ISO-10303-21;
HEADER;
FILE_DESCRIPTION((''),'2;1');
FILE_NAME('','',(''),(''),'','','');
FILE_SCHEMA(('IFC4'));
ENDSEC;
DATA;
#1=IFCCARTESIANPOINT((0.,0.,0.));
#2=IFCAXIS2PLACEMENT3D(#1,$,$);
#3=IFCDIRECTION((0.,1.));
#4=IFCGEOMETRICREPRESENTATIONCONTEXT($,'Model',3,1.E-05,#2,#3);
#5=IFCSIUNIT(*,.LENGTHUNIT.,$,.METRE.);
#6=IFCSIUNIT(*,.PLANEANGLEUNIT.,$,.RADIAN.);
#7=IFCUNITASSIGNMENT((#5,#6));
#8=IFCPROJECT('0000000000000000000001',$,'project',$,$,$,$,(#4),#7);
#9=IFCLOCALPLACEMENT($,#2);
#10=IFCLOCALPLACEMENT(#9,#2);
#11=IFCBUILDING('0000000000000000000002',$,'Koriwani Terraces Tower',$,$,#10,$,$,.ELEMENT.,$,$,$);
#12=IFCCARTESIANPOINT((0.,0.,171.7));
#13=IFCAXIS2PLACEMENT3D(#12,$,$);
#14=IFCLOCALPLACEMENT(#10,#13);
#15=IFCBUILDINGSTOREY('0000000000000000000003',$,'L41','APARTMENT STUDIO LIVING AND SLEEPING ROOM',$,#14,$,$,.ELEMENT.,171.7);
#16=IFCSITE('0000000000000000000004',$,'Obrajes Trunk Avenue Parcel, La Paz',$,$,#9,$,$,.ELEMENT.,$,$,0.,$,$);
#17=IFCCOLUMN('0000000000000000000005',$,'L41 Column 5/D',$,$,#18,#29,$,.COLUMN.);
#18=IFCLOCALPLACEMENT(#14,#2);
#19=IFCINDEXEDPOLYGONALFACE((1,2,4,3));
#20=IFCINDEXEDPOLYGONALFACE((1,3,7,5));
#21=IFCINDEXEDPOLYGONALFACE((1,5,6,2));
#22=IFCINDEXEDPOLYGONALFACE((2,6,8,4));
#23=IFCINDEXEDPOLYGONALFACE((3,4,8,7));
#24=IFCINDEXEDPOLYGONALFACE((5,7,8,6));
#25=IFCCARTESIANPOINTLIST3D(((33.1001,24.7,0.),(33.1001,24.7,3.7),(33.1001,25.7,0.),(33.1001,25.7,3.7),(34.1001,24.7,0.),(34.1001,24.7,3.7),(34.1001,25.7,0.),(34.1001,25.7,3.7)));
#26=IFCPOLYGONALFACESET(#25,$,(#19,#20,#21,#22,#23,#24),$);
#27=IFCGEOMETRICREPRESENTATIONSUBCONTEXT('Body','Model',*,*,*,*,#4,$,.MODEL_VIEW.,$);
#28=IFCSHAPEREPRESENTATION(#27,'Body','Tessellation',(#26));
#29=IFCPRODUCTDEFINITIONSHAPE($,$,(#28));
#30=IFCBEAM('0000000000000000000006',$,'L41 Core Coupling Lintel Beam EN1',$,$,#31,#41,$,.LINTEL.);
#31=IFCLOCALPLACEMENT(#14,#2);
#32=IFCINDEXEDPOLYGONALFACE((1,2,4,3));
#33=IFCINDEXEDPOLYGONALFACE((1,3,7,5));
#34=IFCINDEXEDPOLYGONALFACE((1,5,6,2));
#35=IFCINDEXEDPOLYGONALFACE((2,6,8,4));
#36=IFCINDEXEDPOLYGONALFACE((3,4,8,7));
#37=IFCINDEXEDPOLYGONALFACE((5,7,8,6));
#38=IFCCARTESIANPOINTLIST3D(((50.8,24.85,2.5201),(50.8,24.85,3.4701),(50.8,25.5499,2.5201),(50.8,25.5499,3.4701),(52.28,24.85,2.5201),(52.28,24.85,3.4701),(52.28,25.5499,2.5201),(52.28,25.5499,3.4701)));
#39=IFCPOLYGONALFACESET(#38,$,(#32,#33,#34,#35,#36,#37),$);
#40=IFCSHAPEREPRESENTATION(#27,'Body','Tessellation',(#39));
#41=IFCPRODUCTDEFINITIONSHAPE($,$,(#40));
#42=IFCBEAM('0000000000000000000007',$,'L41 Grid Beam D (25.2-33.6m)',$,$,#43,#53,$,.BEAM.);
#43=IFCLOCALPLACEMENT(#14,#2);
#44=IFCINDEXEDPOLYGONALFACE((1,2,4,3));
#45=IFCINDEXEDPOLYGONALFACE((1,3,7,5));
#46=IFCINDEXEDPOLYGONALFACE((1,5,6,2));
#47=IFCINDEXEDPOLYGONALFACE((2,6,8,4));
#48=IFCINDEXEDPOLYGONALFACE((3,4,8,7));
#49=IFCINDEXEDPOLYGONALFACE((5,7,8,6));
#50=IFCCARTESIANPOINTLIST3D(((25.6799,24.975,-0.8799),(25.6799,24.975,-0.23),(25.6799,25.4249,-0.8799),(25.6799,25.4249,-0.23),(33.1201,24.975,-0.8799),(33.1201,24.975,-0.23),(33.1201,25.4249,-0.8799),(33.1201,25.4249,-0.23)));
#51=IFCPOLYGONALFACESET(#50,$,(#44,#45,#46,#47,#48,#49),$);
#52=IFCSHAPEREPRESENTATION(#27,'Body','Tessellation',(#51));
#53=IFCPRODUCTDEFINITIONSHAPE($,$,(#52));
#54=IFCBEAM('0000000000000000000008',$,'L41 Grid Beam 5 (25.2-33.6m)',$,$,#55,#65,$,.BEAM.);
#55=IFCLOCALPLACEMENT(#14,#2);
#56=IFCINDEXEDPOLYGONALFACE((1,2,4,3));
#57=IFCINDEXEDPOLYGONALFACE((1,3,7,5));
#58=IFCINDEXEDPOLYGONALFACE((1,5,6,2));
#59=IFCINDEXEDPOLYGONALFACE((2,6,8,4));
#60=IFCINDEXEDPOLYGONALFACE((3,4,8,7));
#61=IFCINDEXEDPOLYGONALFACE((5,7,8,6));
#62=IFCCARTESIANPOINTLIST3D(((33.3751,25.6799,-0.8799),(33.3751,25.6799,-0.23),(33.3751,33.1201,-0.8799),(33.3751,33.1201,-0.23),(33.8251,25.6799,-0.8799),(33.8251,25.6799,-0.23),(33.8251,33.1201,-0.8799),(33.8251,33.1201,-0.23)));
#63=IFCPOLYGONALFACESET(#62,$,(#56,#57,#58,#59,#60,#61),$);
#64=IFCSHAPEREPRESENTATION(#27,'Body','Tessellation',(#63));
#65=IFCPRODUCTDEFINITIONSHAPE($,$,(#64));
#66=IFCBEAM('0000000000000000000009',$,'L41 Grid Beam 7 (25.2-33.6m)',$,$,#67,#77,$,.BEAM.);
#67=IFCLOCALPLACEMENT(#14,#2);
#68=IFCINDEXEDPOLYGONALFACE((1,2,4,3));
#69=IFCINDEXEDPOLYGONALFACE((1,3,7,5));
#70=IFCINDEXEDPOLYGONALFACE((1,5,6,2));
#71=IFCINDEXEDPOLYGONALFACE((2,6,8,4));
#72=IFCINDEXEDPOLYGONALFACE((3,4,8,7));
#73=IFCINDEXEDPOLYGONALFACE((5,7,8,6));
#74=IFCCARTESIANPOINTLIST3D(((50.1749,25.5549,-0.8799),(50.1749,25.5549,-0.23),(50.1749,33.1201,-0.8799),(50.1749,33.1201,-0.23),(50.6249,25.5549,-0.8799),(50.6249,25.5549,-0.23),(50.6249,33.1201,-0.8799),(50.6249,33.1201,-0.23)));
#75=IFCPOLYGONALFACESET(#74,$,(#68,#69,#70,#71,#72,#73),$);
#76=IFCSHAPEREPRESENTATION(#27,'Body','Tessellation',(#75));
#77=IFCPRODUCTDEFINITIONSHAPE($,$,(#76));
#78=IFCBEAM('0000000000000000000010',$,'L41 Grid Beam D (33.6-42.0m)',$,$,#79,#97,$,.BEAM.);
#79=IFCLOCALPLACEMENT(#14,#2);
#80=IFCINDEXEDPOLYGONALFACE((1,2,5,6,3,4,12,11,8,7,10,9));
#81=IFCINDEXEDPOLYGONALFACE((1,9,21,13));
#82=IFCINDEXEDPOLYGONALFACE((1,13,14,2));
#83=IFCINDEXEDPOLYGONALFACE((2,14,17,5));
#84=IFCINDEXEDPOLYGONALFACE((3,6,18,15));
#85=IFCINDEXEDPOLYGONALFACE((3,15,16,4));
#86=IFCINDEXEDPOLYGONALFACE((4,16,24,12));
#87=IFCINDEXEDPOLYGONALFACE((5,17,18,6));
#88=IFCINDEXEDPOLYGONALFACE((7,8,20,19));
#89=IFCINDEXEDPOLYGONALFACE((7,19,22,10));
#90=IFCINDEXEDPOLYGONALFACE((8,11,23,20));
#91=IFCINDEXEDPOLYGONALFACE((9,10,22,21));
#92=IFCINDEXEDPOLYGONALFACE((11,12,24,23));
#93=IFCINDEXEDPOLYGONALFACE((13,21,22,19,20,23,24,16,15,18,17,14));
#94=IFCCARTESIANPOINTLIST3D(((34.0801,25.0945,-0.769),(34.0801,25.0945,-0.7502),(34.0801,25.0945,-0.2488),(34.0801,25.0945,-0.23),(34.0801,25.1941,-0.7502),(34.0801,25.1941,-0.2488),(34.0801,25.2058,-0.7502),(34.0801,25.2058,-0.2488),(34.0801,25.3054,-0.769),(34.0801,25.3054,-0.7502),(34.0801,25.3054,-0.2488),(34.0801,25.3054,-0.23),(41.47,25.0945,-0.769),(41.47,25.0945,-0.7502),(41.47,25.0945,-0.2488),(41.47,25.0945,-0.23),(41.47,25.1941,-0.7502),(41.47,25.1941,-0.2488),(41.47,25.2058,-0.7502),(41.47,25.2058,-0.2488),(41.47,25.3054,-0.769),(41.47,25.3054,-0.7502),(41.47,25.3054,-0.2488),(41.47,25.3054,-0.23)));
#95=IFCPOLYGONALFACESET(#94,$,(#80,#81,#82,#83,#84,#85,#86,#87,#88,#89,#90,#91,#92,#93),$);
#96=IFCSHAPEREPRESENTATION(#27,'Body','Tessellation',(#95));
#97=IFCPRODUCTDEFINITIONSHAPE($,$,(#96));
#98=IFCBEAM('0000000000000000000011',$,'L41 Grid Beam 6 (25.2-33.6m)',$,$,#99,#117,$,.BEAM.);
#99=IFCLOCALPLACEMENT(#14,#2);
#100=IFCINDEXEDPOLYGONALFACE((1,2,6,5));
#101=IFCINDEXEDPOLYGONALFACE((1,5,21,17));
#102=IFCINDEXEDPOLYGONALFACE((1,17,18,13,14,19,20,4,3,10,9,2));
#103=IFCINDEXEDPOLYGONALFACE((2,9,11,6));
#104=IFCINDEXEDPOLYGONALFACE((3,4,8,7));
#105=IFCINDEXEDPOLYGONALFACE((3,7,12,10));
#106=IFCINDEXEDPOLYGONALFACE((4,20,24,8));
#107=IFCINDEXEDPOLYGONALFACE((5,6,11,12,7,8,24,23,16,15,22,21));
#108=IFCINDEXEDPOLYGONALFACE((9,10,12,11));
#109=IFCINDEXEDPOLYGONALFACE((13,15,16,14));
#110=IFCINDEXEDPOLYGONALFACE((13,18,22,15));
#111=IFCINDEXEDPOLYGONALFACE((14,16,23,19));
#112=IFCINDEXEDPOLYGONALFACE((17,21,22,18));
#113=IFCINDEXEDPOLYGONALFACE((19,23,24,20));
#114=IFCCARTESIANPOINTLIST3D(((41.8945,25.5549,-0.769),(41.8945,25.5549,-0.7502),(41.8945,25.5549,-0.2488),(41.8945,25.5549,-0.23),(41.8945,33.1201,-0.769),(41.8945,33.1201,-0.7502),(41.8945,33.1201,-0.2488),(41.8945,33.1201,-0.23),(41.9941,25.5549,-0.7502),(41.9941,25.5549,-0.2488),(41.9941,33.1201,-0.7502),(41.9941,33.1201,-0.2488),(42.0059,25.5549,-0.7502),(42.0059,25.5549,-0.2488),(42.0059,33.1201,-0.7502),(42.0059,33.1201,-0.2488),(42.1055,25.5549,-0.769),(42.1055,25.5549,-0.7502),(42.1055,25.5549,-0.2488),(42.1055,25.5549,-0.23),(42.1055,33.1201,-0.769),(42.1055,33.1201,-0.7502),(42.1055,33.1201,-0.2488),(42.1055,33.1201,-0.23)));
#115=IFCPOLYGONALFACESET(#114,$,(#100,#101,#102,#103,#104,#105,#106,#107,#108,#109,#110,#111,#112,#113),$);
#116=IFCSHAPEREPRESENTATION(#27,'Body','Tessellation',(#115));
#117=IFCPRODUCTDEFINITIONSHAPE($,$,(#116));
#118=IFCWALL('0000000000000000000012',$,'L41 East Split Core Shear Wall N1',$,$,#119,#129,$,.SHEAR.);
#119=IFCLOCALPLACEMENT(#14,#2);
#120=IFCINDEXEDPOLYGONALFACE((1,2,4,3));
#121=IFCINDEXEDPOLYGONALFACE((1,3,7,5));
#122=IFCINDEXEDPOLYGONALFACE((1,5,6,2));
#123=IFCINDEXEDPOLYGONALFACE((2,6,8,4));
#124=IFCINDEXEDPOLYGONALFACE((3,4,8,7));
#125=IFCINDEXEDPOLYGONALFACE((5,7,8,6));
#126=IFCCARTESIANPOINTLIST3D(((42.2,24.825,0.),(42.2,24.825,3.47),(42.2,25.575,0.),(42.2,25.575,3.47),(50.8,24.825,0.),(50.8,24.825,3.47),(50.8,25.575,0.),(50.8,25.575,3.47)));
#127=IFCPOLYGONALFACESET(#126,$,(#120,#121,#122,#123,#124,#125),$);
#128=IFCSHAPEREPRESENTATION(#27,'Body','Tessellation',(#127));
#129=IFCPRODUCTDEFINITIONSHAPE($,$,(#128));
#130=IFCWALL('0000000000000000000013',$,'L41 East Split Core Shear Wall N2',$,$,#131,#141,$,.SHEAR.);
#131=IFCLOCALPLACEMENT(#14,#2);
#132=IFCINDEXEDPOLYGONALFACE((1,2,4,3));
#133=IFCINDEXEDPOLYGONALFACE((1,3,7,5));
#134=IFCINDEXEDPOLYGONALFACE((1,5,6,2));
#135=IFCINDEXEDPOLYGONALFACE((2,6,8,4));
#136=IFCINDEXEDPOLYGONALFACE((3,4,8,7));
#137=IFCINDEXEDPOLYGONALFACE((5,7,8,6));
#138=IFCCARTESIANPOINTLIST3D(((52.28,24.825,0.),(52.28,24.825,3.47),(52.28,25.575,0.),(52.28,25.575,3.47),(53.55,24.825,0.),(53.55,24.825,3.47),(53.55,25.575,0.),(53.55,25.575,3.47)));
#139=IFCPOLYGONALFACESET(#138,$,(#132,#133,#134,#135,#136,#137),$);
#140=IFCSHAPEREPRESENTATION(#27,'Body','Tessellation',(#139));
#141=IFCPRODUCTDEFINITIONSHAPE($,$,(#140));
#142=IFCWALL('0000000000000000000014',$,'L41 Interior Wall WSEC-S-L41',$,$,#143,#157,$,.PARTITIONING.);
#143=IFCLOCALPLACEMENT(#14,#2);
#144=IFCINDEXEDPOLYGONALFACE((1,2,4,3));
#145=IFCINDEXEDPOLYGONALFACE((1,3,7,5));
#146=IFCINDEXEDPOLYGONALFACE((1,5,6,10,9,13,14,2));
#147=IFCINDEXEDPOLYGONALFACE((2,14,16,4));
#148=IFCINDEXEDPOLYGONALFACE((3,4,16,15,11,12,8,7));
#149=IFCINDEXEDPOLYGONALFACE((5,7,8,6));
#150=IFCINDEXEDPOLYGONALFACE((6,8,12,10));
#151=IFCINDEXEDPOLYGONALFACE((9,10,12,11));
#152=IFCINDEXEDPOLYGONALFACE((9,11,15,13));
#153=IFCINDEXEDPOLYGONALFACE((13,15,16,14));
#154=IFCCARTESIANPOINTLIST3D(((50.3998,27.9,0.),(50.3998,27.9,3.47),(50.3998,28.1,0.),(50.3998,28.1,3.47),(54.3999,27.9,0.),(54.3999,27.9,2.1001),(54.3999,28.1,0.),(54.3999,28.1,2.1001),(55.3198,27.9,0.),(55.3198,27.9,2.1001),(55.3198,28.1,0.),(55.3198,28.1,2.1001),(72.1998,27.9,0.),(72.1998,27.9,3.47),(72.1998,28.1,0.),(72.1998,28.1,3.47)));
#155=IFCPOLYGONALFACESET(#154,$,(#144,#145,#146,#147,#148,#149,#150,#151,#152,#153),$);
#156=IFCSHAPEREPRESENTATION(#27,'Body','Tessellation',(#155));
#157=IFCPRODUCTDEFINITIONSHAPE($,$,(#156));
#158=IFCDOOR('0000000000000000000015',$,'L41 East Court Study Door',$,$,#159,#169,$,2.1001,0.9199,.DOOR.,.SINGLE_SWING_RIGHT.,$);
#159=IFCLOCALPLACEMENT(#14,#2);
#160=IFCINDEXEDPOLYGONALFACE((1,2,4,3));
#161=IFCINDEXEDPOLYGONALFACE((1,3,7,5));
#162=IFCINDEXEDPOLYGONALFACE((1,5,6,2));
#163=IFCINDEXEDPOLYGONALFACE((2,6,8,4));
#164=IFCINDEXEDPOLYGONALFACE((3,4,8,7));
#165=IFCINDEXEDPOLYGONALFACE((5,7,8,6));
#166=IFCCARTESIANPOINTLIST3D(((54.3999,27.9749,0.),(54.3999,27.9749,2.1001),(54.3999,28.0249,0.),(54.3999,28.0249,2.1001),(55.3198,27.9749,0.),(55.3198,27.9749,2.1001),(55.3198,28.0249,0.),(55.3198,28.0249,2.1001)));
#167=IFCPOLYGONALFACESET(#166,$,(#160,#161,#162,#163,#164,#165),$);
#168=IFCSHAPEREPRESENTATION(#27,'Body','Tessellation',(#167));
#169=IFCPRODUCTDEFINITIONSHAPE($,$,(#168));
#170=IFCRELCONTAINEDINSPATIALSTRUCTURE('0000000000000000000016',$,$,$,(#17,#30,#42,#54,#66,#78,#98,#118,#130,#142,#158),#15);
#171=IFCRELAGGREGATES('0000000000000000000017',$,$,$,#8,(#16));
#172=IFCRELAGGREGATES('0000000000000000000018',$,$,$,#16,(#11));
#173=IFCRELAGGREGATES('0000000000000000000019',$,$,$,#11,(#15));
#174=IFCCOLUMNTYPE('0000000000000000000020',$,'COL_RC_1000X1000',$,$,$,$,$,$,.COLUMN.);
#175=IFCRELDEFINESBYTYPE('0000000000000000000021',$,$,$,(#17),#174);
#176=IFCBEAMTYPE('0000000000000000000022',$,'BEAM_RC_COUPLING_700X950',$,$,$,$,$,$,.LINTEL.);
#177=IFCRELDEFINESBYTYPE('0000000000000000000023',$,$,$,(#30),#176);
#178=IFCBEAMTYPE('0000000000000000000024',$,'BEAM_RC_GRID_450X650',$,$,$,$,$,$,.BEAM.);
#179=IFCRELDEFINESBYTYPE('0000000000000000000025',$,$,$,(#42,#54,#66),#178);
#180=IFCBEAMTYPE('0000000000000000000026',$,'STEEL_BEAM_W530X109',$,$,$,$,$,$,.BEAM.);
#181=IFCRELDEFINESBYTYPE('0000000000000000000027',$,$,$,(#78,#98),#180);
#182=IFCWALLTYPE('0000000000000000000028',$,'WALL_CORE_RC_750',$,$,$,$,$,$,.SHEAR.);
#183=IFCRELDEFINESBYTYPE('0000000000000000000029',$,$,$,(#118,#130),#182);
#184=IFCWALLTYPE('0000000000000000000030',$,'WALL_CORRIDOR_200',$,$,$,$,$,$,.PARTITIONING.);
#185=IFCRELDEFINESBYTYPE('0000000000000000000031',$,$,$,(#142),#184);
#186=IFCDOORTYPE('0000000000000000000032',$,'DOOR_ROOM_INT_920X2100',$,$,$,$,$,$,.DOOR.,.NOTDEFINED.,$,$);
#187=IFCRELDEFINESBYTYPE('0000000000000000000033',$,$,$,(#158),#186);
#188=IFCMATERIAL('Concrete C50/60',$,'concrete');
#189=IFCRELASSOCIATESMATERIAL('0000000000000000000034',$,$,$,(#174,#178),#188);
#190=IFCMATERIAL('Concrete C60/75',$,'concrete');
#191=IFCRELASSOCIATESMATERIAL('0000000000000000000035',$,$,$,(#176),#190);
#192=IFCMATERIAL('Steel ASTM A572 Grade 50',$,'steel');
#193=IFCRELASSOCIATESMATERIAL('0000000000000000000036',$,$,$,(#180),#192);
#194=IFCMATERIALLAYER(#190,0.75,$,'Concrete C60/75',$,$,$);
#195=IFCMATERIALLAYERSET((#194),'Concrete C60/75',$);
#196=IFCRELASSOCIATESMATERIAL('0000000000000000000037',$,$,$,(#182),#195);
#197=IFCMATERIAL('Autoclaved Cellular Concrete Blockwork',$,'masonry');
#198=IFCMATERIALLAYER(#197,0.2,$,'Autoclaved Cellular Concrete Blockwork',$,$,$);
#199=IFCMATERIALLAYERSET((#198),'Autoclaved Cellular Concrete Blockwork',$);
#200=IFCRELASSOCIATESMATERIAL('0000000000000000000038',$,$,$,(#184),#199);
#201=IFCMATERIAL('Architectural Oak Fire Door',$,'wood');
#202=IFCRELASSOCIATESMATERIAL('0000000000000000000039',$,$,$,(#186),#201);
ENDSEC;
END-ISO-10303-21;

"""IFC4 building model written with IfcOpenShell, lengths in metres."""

from ifc_helpers import new_model, si_unit, direction, frame, frame_2d, origin, origin_2d, place, context, subcontext, project, spatial, rectangle, i_section, extrude, material, layer, layer_set, material_profile, profile_set, type_object, element, fill, save


model = new_model("IFC4")

# Units and contexts
model_context = context("Model", 3, precision=1e-05, world=origin(), true_north=direction((0.0, 1.0)))
body_context = subcontext(model_context, "Body", "Model", "MODEL_VIEW")
ifc_project = project(units=[si_unit("LENGTHUNIT", "METRE"), si_unit("PLANEANGLEUNIT", "RADIAN")], contexts=[model_context])

# Site, building, storey
site_placement = place(None, origin())
site = spatial("IfcSite", under=ifc_project, at=site_placement, Name="Obrajes Trunk Avenue Parcel, La Paz", CompositionType="ELEMENT", RefElevation=0.0)
building_placement = place(site_placement, origin())
building = spatial("IfcBuilding", under=site, at=building_placement, Name="Koriwani Terraces Tower", CompositionType="ELEMENT")
storey_placement = place(building_placement, frame((0.0, 0.0, 171.7)))
storey = spatial("IfcBuildingStorey", under=building, at=storey_placement, Name="L41", Description="APARTMENT STUDIO LIVING AND SLEEPING ROOM", CompositionType="ELEMENT", Elevation=171.7)

# Column
ifc_material_1 = material(Name="Concrete C50/60", Category="concrete")
ifc_material_profile_1 = material_profile(ifc_material_1, rectangle(XDim=1.0, YDim=1.0, at=origin_2d()), Name="Concrete C50/60", Category="LoadBearing")
ifc_profile_set_1 = profile_set([ifc_material_profile_1], Name="Concrete C50/60")
column_type = type_object("IfcColumnType", Name="COL_RC_1000X1000", PredefinedType="COLUMN", material=ifc_profile_set_1)
column_placement = place(storey_placement, frame((33.6001, 25.2, 0.0), z_axis=(0.0, 0.0, 1.0), x_axis=(1.0, 0.0, 0.0)))
element("IfcColumn", 1, at=column_placement, inside=storey, type_object=column_type, Name="L41 Column 5/D", PredefinedType="COLUMN", context=body_context, shape_type="SweptSolid", body=[
    extrude(rectangle(XDim=1.0, YDim=1.0, at=origin_2d()), origin(), (0.0, 0.0, 1.0), 3.7),
])

# Beams
ifc_material_2 = material(Name="Concrete C60/75", Category="concrete")
ifc_material_profile_2 = material_profile(ifc_material_2, rectangle(XDim=0.7, YDim=0.95, at=origin_2d()), Name="Concrete C60/75", Category="LoadBearing")
ifc_profile_set_2 = profile_set([ifc_material_profile_2], Name="Concrete C60/75")
beam_type_1 = type_object("IfcBeamType", Name="BEAM_RC_COUPLING_700X950", PredefinedType="LINTEL", material=ifc_profile_set_2)
beam_1_placement = place(storey_placement, frame((50.8, 25.2, 2.9951), z_axis=(1.0, 0.0, 0.0), x_axis=(0.0, 1.0, 0.0)))
element("IfcBeam", 2, at=beam_1_placement, inside=storey, type_object=beam_type_1, Name="L41 Core Coupling Lintel Beam EN1", PredefinedType="LINTEL", context=body_context, shape_type="SweptSolid", body=[
    extrude(rectangle(XDim=0.7, YDim=0.95, at=origin_2d()), origin(), (0.0, 0.0, 1.0), 1.48),
])
ifc_material_profile_3 = material_profile(ifc_material_1, rectangle(XDim=0.45, YDim=0.6499, at=origin_2d()), Name="Concrete C50/60", Category="LoadBearing")
ifc_profile_set_3 = profile_set([ifc_material_profile_3], Name="Concrete C50/60")
beam_type_2 = type_object("IfcBeamType", Name="BEAM_RC_GRID_450X650", PredefinedType="BEAM", material=ifc_profile_set_3)
for number, where, z_axis, x_axis, name in (
    (3, (25.6799, 25.2, -0.5549), (1.0, 0.0, 0.0), (0.0, 1.0, 0.0), "L41 Grid Beam D (25.2-33.6m)"),
    (4, (33.6001, 25.6799, -0.5549), (0.0, 1.0, 0.0), (-1.0, 0.0, 0.0), "L41 Grid Beam 5 (25.2-33.6m)"),
):
    element("IfcBeam", number, at=place(storey_placement, frame(where, z_axis=z_axis, x_axis=x_axis)), inside=storey, type_object=beam_type_2, Name=name, PredefinedType="BEAM", context=body_context, shape_type="SweptSolid", body=[
        extrude(rectangle(XDim=0.45, YDim=0.6499, at=origin_2d()), origin(), (0.0, 0.0, 1.0), 7.4402),
    ])
beam_2_placement = place(storey_placement, frame((50.3999, 25.5549, -0.5549), z_axis=(0.0, 1.0, 0.0), x_axis=(-1.0, 0.0, 0.0)))
element("IfcBeam", 5, at=beam_2_placement, inside=storey, type_object=beam_type_2, Name="L41 Grid Beam 7 (25.2-33.6m)", PredefinedType="BEAM", context=body_context, shape_type="SweptSolid", body=[
    extrude(rectangle(XDim=0.45, YDim=0.6499, at=origin_2d()), origin(), (0.0, 0.0, 1.0), 7.5652),
])
ifc_material_3 = material(Name="Steel ASTM A572 Grade 50", Category="steel")
ifc_material_profile_4 = material_profile(ifc_material_3, i_section(OverallWidth=0.2109, OverallDepth=0.5391, WebThickness=0.0117, FlangeThickness=0.0188, at=origin_2d()), Name="Steel ASTM A572 Grade 50", Category="LoadBearing")
ifc_profile_set_4 = profile_set([ifc_material_profile_4], Name="Steel ASTM A572 Grade 50")
beam_type_3 = type_object("IfcBeamType", Name="STEEL_BEAM_W530X109", PredefinedType="BEAM", material=ifc_profile_set_4)
beam_3_placement = place(storey_placement, frame((34.0801, 25.2, -0.4995), z_axis=(1.0, 0.0, 0.0), x_axis=(0.0, 1.0, 0.0)))
element("IfcBeam", 6, at=beam_3_placement, inside=storey, type_object=beam_type_3, Name="L41 Grid Beam D (33.6-42.0m)", PredefinedType="BEAM", context=body_context, shape_type="SweptSolid", body=[
    extrude(i_section(OverallWidth=0.2109, OverallDepth=0.5391, WebThickness=0.0117, FlangeThickness=0.0188, at=origin_2d()), origin(), (0.0, 0.0, 1.0), 7.3899),
])
beam_4_placement = place(storey_placement, frame((42.0, 25.5549, -0.4995), z_axis=(0.0, 1.0, 0.0), x_axis=(-1.0, 0.0, 0.0)))
element("IfcBeam", 7, at=beam_4_placement, inside=storey, type_object=beam_type_3, Name="L41 Grid Beam 6 (25.2-33.6m)", PredefinedType="BEAM", context=body_context, shape_type="SweptSolid", body=[
    extrude(i_section(OverallWidth=0.2109, OverallDepth=0.5391, WebThickness=0.0117, FlangeThickness=0.0188, at=origin_2d()), origin(), (0.0, 0.0, 1.0), 7.5652),
])

# Walls
ifc_layer_1 = layer(ifc_material_2, 0.75, Name="Concrete C60/75")
ifc_layer_set_1 = layer_set([ifc_layer_1], Name="Concrete C60/75")
wall_type_1 = type_object("IfcWallType", Name="WALL_CORE_RC_750", PredefinedType="SHEAR", material=ifc_layer_set_1)
wall_1_placement = place(storey_placement, frame((42.2, 25.2, 0.0), z_axis=(0.0, 0.0, 1.0), x_axis=(1.0, 0.0, 0.0)))
element("IfcWall", 8, at=wall_1_placement, inside=storey, type_object=wall_type_1, Name="L41 East Split Core Shear Wall N1", PredefinedType="SHEAR", context=body_context, shape_type="SweptSolid", body=[
    extrude(rectangle(XDim=8.6001, YDim=0.75, at=frame_2d((4.3, 0.0))), origin(), (0.0, 0.0, 1.0), 3.47),
])
wall_2_placement = place(storey_placement, frame((52.28, 25.2, 0.0), z_axis=(0.0, 0.0, 1.0), x_axis=(1.0, 0.0, 0.0)))
element("IfcWall", 9, at=wall_2_placement, inside=storey, type_object=wall_type_1, Name="L41 East Split Core Shear Wall N2", PredefinedType="SHEAR", context=body_context, shape_type="SweptSolid", body=[
    extrude(rectangle(XDim=1.27, YDim=0.75, at=frame_2d((0.635, 0.0))), origin(), (0.0, 0.0, 1.0), 3.47),
])

# Wall, opening, door
ifc_material_4 = material(Name="Autoclaved Cellular Concrete Blockwork", Category="masonry")
ifc_layer_2 = layer(ifc_material_4, 0.2, Name="Autoclaved Cellular Concrete Blockwork")
ifc_layer_set_2 = layer_set([ifc_layer_2], Name="Autoclaved Cellular Concrete Blockwork")
wall_type_2 = type_object("IfcWallType", Name="WALL_CORRIDOR_200", PredefinedType="PARTITIONING", material=ifc_layer_set_2)
wall_3_placement = place(storey_placement, frame((50.3999, 28.0, 0.0), z_axis=(0.0, 0.0, 1.0), x_axis=(1.0, 0.0, 0.0)))
wall_3 = element("IfcWall", 10, at=wall_3_placement, inside=storey, type_object=wall_type_2, Name="L41 Interior Wall WSEC-S-L41", PredefinedType="PARTITIONING", context=body_context, shape_type="SweptSolid", body=[
    extrude(rectangle(XDim=21.8, YDim=0.2, at=frame_2d((10.8999, 0.0))), origin(), (0.0, 0.0, 1.0), 3.47),
])
opening_1_placement = place(wall_3_placement, frame((4.0, 0.0, 0.0)))
opening_1 = element("IfcOpeningElement", 11, at=opening_1_placement, cuts=wall_3, PredefinedType="OPENING", context=body_context, shape_type="SweptSolid", body=[
    extrude(rectangle(XDim=0.9199, YDim=2.1001, at=frame_2d((0.46, 1.05))), frame((0.0, 0.1099, 0.0), z_axis=(0.0, -1.0, 0.0), x_axis=(1.0, 0.0, 0.0)), (0.0, 0.0, 1.0), 0.22),
])
ifc_material_5 = material(Name="Architectural Oak Fire Door", Category="wood")
door_type_1 = type_object("IfcDoorType", Name="DOOR_ROOM_INT_920X2100", OperationType="NOTDEFINED", PredefinedType="DOOR", material=ifc_material_5)
door_1_placement = place(opening_1_placement, origin())
door_1 = element("IfcDoor", 12, at=door_1_placement, inside=storey, type_object=door_type_1, Name="L41 East Court Study Door", OperationType="SINGLE_SWING_RIGHT", OverallHeight=2.1001, OverallWidth=0.9199, PredefinedType="DOOR", context=body_context, shape_type="SweptSolid", body=[
    extrude(rectangle(XDim=0.9199, YDim=2.1001, at=frame_2d((0.46, 1.05))), frame((0.0, 0.0249, 0.0), z_axis=(0.0, -1.0, 0.0), x_axis=(1.0, 0.0, 0.0)), (0.0, 0.0, 1.0), 0.05),
])
fill(opening_1, door_1)

save(model, "model.ifc")
